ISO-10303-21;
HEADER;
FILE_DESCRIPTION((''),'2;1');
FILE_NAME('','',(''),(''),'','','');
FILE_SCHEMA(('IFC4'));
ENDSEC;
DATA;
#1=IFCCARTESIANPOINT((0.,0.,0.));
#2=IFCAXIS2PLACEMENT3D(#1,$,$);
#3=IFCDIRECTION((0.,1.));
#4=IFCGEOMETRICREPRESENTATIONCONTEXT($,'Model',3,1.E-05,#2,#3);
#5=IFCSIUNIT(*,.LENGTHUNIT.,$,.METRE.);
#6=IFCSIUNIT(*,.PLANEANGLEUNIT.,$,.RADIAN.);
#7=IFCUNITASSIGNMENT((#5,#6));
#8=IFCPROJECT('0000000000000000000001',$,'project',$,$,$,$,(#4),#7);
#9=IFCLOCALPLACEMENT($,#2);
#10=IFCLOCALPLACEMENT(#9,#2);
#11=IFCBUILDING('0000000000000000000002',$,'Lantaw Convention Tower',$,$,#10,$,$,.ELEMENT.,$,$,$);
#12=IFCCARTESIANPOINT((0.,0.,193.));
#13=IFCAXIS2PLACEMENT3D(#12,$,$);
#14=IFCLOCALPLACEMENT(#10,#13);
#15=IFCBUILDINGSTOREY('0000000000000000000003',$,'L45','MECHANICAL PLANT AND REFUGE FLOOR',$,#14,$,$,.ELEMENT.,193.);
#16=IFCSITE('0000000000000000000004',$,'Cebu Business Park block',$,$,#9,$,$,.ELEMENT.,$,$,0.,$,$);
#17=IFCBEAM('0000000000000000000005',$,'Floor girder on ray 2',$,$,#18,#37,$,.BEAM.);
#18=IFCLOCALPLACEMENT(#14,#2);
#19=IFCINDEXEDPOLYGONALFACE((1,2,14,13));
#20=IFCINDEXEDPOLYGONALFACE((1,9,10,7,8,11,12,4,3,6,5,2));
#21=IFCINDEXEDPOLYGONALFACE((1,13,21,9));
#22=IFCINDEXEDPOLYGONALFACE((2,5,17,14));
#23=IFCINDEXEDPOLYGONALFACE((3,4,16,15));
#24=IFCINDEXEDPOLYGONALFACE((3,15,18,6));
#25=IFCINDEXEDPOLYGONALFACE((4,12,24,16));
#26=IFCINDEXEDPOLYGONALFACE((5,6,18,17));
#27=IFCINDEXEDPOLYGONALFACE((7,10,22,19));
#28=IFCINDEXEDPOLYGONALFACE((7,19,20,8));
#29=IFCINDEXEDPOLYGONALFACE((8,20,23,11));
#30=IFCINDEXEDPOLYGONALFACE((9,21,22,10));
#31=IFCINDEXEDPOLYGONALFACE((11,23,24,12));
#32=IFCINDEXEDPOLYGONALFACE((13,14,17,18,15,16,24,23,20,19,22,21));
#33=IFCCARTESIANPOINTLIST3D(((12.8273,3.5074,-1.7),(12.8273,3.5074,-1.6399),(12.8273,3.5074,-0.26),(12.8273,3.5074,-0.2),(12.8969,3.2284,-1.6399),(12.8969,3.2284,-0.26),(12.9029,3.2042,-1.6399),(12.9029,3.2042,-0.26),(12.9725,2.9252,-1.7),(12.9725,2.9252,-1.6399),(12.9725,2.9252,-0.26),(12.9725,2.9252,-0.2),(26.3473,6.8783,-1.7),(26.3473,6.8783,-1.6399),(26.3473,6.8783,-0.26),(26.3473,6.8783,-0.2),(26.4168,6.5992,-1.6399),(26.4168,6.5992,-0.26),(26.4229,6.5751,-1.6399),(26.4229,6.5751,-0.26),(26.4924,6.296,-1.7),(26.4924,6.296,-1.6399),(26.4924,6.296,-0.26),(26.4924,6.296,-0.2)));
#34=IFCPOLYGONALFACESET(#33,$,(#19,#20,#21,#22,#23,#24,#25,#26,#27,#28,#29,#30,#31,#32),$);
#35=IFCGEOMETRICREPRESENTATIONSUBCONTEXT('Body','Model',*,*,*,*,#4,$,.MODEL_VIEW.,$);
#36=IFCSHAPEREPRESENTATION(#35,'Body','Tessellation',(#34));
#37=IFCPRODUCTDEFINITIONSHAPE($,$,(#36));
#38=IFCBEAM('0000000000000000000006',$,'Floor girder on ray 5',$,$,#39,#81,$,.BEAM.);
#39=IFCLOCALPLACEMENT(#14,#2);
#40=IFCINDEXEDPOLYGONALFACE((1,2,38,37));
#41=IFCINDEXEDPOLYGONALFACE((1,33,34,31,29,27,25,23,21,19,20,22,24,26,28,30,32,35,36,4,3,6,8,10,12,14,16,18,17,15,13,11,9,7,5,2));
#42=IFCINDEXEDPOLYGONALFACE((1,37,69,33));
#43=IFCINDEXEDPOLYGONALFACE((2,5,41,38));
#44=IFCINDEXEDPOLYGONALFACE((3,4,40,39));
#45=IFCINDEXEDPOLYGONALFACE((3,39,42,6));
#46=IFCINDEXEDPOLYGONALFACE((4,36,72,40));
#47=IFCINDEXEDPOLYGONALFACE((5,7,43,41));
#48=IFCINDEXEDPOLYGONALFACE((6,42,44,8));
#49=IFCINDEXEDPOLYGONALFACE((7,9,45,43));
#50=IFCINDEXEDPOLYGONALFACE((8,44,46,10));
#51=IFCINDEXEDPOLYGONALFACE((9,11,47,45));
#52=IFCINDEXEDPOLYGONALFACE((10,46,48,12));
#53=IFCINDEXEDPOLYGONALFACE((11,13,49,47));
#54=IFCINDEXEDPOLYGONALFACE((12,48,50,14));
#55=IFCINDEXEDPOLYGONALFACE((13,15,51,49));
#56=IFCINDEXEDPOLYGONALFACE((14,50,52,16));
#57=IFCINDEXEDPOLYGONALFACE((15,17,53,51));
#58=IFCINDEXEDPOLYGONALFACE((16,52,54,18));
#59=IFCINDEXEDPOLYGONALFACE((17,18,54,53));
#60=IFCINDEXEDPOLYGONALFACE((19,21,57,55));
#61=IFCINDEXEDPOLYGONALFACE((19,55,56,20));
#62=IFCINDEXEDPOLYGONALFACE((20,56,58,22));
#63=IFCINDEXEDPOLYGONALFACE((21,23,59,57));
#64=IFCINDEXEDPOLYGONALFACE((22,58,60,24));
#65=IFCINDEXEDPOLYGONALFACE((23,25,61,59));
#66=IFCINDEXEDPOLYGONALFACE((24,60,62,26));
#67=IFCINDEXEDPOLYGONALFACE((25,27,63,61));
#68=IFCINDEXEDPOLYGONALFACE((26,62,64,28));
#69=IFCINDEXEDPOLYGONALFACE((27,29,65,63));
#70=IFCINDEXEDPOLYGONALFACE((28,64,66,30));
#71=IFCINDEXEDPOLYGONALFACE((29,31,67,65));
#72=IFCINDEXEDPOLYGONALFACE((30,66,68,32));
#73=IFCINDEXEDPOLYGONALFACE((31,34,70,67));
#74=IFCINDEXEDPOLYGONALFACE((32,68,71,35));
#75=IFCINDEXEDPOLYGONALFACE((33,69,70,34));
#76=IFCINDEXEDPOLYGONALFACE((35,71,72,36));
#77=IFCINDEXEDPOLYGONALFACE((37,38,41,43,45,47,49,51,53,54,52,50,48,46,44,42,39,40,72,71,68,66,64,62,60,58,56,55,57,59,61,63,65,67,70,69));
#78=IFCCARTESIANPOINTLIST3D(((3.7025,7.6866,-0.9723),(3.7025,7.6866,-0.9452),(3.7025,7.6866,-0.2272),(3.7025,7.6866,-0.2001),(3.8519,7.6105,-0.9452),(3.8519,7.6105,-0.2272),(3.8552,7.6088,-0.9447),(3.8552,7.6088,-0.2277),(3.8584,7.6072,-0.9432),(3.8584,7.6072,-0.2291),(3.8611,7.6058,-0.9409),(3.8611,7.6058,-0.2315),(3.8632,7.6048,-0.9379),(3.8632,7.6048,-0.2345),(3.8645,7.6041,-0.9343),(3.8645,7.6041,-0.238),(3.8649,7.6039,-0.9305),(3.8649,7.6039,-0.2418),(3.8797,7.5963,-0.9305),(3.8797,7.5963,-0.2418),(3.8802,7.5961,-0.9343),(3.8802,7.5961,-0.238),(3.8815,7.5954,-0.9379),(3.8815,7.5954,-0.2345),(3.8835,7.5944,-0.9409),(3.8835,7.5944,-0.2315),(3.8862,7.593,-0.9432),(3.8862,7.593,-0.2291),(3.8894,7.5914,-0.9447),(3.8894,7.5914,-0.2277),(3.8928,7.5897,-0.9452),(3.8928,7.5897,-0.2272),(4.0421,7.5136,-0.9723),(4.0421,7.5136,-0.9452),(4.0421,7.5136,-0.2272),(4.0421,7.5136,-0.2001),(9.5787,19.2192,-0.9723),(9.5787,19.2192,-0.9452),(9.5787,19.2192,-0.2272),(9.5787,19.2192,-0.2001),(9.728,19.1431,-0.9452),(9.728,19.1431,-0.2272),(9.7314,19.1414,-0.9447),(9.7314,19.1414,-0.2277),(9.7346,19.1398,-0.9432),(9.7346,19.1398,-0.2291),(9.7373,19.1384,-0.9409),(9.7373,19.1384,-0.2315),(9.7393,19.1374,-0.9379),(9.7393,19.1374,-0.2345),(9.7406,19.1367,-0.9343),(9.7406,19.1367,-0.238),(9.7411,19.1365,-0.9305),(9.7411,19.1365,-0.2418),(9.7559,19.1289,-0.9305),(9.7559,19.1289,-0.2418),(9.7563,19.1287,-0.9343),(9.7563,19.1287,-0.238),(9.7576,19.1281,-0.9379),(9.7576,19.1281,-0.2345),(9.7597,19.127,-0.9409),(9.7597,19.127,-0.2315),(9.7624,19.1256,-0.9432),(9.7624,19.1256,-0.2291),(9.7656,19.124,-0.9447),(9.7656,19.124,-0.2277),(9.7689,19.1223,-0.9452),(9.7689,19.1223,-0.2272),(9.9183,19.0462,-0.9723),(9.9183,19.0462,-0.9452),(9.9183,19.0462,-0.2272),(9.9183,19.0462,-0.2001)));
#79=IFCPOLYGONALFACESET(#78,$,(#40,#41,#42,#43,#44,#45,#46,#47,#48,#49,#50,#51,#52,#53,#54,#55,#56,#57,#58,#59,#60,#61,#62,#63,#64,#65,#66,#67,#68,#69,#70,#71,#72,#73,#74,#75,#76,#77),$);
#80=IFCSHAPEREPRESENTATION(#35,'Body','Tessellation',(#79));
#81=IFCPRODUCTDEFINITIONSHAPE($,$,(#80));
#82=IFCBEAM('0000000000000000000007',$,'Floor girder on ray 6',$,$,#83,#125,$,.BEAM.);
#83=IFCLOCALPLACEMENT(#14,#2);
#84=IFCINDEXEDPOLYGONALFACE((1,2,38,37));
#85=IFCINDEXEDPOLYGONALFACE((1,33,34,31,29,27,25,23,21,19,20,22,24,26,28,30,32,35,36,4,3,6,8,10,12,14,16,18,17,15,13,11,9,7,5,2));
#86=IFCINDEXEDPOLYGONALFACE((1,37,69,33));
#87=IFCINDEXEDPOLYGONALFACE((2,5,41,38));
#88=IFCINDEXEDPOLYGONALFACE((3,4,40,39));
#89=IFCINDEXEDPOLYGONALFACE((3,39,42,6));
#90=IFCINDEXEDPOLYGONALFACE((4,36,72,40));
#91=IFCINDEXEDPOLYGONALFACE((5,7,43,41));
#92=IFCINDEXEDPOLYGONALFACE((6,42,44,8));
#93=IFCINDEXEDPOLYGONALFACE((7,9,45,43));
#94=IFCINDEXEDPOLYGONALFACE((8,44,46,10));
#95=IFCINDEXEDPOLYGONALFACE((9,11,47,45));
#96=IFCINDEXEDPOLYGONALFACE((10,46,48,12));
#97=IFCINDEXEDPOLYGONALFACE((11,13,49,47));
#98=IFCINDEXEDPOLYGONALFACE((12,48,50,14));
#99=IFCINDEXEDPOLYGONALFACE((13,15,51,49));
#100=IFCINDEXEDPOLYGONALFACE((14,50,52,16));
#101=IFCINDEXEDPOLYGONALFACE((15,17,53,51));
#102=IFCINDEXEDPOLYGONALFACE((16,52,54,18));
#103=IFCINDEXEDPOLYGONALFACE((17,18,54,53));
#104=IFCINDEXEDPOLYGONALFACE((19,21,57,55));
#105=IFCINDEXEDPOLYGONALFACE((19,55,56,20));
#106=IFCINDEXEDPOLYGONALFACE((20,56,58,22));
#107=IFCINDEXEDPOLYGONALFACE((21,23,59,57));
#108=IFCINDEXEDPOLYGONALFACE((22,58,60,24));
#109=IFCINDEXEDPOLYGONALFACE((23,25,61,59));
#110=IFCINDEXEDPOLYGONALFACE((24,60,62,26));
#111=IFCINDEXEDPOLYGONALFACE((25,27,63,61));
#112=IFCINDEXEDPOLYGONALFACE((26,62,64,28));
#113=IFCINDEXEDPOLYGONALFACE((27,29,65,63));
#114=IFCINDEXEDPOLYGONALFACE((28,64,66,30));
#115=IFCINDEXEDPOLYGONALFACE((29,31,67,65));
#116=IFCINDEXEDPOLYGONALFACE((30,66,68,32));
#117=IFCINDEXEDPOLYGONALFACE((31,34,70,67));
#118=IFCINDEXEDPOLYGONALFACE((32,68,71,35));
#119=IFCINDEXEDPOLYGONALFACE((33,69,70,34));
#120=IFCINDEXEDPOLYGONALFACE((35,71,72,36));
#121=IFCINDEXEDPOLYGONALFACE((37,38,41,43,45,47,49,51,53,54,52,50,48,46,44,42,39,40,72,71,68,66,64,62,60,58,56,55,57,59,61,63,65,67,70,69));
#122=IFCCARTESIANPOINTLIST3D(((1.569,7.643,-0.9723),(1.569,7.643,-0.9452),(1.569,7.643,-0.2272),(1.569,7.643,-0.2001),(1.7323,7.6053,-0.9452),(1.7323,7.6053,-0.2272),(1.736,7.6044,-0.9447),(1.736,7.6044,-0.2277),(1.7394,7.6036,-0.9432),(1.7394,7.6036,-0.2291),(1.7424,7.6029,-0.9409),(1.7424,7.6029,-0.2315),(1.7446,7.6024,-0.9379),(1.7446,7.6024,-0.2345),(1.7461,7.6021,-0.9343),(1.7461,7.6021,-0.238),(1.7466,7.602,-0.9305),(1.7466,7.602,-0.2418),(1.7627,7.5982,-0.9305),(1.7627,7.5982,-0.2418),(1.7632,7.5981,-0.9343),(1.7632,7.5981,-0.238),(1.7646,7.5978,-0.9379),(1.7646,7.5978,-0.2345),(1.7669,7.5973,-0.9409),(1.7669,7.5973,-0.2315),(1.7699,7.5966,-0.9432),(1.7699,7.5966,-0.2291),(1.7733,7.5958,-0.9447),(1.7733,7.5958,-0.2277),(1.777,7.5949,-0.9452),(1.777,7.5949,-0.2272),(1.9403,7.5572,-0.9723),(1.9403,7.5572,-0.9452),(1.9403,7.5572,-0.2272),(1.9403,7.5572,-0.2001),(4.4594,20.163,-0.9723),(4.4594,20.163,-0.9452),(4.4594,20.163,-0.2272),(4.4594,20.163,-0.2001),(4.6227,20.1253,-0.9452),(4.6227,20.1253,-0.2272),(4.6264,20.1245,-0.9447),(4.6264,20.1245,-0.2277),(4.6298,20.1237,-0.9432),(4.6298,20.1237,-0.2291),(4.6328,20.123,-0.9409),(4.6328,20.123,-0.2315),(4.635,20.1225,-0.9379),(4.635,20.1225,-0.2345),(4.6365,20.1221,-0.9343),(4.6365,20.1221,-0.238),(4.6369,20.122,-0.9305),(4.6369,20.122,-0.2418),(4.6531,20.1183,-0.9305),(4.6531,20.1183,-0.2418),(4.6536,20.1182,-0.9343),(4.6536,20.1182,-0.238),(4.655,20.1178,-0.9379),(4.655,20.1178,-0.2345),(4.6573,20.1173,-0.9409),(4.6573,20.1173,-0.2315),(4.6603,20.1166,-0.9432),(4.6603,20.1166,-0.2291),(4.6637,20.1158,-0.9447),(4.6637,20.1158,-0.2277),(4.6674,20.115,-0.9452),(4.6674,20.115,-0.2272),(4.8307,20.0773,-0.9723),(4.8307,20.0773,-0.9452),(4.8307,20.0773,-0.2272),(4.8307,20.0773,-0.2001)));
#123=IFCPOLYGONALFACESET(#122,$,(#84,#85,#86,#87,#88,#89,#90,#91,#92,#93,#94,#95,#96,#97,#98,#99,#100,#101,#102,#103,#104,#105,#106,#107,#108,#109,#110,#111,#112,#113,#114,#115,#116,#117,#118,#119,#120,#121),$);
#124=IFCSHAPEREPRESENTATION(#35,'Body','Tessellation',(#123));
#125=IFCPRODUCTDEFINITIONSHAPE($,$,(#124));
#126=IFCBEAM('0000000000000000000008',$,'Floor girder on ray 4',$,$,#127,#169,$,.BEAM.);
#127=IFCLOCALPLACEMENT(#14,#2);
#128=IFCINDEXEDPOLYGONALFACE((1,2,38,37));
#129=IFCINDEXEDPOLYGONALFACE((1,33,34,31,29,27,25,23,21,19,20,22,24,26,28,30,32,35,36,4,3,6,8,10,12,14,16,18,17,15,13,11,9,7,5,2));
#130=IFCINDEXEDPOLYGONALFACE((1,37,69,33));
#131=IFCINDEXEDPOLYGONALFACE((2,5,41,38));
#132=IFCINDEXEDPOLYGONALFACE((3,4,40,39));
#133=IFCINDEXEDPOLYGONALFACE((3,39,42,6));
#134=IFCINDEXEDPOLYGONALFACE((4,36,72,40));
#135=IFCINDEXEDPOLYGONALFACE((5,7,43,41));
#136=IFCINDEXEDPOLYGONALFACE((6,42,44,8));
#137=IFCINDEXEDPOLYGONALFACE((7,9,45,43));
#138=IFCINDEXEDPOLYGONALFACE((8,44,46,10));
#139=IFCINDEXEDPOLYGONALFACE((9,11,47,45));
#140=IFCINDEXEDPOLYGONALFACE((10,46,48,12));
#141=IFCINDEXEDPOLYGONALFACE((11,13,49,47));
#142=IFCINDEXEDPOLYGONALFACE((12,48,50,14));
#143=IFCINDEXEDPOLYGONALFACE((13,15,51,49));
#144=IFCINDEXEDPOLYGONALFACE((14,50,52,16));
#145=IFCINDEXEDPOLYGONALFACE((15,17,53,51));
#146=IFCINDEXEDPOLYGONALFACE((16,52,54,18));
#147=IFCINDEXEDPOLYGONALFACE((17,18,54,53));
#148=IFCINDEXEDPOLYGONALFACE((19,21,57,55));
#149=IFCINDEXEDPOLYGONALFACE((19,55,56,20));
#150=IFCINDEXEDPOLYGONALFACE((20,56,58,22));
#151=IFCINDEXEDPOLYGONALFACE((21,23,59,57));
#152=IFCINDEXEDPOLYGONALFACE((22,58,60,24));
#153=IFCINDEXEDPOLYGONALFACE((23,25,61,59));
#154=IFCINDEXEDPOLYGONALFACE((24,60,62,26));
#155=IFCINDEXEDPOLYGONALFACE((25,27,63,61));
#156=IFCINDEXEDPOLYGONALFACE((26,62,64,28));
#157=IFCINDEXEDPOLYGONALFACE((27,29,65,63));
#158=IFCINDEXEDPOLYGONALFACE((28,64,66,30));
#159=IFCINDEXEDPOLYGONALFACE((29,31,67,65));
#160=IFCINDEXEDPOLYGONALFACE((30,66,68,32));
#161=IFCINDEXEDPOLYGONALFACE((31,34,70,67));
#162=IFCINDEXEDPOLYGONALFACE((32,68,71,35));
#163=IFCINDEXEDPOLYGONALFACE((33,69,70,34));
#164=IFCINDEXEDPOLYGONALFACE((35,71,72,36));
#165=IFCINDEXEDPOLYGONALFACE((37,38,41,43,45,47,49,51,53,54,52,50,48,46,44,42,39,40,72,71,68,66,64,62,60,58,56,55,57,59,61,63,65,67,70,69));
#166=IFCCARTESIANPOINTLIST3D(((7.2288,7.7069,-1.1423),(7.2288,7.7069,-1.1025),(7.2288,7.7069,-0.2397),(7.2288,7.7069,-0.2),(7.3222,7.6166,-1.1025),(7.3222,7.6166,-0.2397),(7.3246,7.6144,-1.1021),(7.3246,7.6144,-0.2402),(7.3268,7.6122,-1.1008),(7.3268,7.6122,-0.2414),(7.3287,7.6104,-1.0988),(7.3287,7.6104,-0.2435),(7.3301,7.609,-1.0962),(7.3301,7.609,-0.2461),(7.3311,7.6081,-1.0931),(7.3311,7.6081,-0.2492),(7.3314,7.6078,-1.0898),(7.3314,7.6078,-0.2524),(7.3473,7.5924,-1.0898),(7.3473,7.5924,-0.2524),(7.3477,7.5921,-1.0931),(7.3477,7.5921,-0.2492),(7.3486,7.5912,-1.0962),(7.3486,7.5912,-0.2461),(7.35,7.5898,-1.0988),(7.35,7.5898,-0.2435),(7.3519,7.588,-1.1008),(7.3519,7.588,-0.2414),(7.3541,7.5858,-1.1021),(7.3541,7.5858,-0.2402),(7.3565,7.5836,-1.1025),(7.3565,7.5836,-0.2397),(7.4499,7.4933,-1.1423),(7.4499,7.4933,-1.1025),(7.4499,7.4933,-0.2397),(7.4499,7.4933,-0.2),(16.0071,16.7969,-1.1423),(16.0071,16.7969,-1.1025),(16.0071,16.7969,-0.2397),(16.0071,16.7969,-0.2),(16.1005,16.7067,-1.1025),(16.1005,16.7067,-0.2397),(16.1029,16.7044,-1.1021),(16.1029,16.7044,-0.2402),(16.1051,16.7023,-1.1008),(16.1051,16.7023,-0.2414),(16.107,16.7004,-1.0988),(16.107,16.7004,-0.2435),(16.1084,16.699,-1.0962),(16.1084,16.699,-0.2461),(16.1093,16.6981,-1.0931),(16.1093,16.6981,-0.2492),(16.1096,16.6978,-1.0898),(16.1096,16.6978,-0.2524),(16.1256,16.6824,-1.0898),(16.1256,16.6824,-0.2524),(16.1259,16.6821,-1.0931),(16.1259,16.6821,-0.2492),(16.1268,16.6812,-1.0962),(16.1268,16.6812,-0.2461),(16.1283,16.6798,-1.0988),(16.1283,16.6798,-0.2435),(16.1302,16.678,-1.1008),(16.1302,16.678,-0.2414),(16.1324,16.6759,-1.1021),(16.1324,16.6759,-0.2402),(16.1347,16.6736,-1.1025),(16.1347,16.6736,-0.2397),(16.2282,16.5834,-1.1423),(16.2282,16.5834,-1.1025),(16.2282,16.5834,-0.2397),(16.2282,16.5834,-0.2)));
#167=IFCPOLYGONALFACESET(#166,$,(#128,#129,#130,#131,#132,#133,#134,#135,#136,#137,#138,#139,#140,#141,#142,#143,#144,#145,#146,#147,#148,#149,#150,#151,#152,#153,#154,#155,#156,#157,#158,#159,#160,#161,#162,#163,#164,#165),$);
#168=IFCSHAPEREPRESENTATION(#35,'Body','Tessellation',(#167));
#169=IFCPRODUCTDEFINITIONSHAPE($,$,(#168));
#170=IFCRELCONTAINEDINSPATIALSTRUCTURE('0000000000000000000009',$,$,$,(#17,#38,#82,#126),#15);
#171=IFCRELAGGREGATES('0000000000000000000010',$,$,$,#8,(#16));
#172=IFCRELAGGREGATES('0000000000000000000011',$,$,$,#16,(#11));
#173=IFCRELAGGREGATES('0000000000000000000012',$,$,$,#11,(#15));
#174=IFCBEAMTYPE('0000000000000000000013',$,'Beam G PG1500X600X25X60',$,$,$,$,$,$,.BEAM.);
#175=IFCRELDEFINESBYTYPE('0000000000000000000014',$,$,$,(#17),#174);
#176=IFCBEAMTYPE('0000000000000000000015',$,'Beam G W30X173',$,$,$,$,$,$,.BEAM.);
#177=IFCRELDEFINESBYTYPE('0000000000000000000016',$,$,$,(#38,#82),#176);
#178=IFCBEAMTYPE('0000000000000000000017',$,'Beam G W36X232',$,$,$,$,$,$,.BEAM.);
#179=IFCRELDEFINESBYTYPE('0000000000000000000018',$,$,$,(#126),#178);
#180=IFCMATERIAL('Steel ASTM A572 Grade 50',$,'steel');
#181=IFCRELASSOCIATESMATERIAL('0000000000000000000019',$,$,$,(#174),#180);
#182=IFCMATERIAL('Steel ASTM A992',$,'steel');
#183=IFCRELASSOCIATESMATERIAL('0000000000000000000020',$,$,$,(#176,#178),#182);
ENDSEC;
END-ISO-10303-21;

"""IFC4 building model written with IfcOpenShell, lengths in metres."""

from ifc_helpers import new_model, si_unit, direction, frame, origin, origin_2d, place, context, subcontext, project, spatial, i_section, extrude, material, material_profile, profile_set, type_object, element, save


model = new_model("IFC4")

# Units and contexts
model_context = context("Model", 3, precision=1e-05, world=origin(), true_north=direction((0.0, 1.0)))
body_context = subcontext(model_context, "Body", "Model", "MODEL_VIEW")
ifc_project = project(units=[si_unit("LENGTHUNIT", "METRE"), si_unit("PLANEANGLEUNIT", "RADIAN")], contexts=[model_context])

# Site, building, storey
site_placement = place(None, origin())
site = spatial("IfcSite", under=ifc_project, at=site_placement, Name="Cebu Business Park block", CompositionType="ELEMENT", RefElevation=0.0)
building_placement = place(site_placement, origin())
building = spatial("IfcBuilding", under=site, at=building_placement, Name="Lantaw Convention Tower", CompositionType="ELEMENT")
storey_placement = place(building_placement, frame((0.0, 0.0, 193.0)))
storey = spatial("IfcBuildingStorey", under=building, at=storey_placement, Name="L45", Description="MECHANICAL PLANT AND REFUGE FLOOR", CompositionType="ELEMENT", Elevation=193.0)

# Beams
ifc_material_1 = material(Name="Steel ASTM A572 Grade 50", Category="steel")
ifc_material_profile_1 = material_profile(ifc_material_1, i_section(OverallWidth=0.6001, OverallDepth=1.5, WebThickness=0.0249, FlangeThickness=0.0601, at=origin_2d()), Name="PG1500X600X25X60")
ifc_profile_set_1 = profile_set([ifc_material_profile_1], Name="Steel ASTM A572 Grade 50")
beam_type_1 = type_object("IfcBeamType", Name="Beam G PG1500X600X25X60", PredefinedType="BEAM", material=ifc_profile_set_1)
beam_1_placement = place(storey_placement, frame((12.8999, 3.2163, -0.95), z_axis=(0.970297, 0.241917, 0.0), x_axis=(-0.241917, 0.970297, 0.0)))
element("IfcBeam", 1, at=beam_1_placement, inside=storey, type_object=beam_type_1, Name="Floor girder on ray 2", PredefinedType="BEAM", context=body_context, shape_type="SweptSolid", body=[
    extrude(i_section(OverallWidth=0.6001, OverallDepth=1.5, WebThickness=0.0249, FlangeThickness=0.0601, at=origin_2d()), origin(), (0.0, 0.0, 1.0), 13.9338),
])
ifc_material_2 = material(Name="Steel ASTM A992", Category="steel")
ifc_material_profile_2 = material_profile(ifc_material_2, i_section(OverallWidth=0.3811, OverallDepth=0.7722, WebThickness=0.0166, FlangeThickness=0.0271, FilletRadius=0.0146, at=origin_2d()), Name="W30X173")
ifc_profile_set_2 = profile_set([ifc_material_profile_2], Name="Steel ASTM A992")
beam_type_2 = type_object("IfcBeamType", Name="Beam G W30X173", PredefinedType="BEAM", material=ifc_profile_set_2)
beam_2_placement = place(storey_placement, frame((3.8723, 7.6001, -0.5862), z_axis=(0.453991, 0.891006, 0.0), x_axis=(-0.891006, 0.453991, 0.0)))
element("IfcBeam", 2, at=beam_2_placement, inside=storey, type_object=beam_type_2, Name="Floor girder on ray 5", PredefinedType="BEAM", context=body_context, shape_type="SweptSolid", body=[
    extrude(i_section(OverallWidth=0.3811, OverallDepth=0.7722, WebThickness=0.0166, FlangeThickness=0.0271, FilletRadius=0.0146, at=origin_2d()), origin(), (0.0, 0.0, 1.0), 12.9434),
])
beam_3_placement = place(storey_placement, frame((1.7546, 7.6001, -0.5862), z_axis=(0.224944, 0.974372, 0.0), x_axis=(-0.974372, 0.224944, 0.0)))
element("IfcBeam", 3, at=beam_3_placement, inside=storey, type_object=beam_type_2, Name="Floor girder on ray 6", PredefinedType="BEAM", context=body_context, shape_type="SweptSolid", body=[
    extrude(i_section(OverallWidth=0.3811, OverallDepth=0.7722, WebThickness=0.0166, FlangeThickness=0.0271, FilletRadius=0.0146, at=origin_2d()), origin(), (0.0, 0.0, 1.0), 12.8494),
])
ifc_material_profile_3 = material_profile(ifc_material_2, i_section(OverallWidth=0.3074, OverallDepth=0.9424, WebThickness=0.0222, FlangeThickness=0.0398, FilletRadius=0.0127, at=origin_2d()), Name="W36X232")
ifc_profile_set_3 = profile_set([ifc_material_profile_3], Name="Steel ASTM A992")
beam_type_3 = type_object("IfcBeamType", Name="Beam G W36X232", PredefinedType="BEAM", material=ifc_profile_set_3)
beam_4_placement = place(storey_placement, frame((7.3394, 7.6001, -0.6711), z_axis=(0.694663, 0.719335, 0.0), x_axis=(-0.719335, 0.694663, 0.0)))
element("IfcBeam", 4, at=beam_4_placement, inside=storey, type_object=beam_type_3, Name="Floor girder on ray 4", PredefinedType="BEAM", context=body_context, shape_type="SweptSolid", body=[
    extrude(i_section(OverallWidth=0.3074, OverallDepth=0.9424, WebThickness=0.0222, FlangeThickness=0.0398, FilletRadius=0.0127, at=origin_2d()), origin(), (0.0, 0.0, 1.0), 12.6367),
])

save(model, "model.ifc")
